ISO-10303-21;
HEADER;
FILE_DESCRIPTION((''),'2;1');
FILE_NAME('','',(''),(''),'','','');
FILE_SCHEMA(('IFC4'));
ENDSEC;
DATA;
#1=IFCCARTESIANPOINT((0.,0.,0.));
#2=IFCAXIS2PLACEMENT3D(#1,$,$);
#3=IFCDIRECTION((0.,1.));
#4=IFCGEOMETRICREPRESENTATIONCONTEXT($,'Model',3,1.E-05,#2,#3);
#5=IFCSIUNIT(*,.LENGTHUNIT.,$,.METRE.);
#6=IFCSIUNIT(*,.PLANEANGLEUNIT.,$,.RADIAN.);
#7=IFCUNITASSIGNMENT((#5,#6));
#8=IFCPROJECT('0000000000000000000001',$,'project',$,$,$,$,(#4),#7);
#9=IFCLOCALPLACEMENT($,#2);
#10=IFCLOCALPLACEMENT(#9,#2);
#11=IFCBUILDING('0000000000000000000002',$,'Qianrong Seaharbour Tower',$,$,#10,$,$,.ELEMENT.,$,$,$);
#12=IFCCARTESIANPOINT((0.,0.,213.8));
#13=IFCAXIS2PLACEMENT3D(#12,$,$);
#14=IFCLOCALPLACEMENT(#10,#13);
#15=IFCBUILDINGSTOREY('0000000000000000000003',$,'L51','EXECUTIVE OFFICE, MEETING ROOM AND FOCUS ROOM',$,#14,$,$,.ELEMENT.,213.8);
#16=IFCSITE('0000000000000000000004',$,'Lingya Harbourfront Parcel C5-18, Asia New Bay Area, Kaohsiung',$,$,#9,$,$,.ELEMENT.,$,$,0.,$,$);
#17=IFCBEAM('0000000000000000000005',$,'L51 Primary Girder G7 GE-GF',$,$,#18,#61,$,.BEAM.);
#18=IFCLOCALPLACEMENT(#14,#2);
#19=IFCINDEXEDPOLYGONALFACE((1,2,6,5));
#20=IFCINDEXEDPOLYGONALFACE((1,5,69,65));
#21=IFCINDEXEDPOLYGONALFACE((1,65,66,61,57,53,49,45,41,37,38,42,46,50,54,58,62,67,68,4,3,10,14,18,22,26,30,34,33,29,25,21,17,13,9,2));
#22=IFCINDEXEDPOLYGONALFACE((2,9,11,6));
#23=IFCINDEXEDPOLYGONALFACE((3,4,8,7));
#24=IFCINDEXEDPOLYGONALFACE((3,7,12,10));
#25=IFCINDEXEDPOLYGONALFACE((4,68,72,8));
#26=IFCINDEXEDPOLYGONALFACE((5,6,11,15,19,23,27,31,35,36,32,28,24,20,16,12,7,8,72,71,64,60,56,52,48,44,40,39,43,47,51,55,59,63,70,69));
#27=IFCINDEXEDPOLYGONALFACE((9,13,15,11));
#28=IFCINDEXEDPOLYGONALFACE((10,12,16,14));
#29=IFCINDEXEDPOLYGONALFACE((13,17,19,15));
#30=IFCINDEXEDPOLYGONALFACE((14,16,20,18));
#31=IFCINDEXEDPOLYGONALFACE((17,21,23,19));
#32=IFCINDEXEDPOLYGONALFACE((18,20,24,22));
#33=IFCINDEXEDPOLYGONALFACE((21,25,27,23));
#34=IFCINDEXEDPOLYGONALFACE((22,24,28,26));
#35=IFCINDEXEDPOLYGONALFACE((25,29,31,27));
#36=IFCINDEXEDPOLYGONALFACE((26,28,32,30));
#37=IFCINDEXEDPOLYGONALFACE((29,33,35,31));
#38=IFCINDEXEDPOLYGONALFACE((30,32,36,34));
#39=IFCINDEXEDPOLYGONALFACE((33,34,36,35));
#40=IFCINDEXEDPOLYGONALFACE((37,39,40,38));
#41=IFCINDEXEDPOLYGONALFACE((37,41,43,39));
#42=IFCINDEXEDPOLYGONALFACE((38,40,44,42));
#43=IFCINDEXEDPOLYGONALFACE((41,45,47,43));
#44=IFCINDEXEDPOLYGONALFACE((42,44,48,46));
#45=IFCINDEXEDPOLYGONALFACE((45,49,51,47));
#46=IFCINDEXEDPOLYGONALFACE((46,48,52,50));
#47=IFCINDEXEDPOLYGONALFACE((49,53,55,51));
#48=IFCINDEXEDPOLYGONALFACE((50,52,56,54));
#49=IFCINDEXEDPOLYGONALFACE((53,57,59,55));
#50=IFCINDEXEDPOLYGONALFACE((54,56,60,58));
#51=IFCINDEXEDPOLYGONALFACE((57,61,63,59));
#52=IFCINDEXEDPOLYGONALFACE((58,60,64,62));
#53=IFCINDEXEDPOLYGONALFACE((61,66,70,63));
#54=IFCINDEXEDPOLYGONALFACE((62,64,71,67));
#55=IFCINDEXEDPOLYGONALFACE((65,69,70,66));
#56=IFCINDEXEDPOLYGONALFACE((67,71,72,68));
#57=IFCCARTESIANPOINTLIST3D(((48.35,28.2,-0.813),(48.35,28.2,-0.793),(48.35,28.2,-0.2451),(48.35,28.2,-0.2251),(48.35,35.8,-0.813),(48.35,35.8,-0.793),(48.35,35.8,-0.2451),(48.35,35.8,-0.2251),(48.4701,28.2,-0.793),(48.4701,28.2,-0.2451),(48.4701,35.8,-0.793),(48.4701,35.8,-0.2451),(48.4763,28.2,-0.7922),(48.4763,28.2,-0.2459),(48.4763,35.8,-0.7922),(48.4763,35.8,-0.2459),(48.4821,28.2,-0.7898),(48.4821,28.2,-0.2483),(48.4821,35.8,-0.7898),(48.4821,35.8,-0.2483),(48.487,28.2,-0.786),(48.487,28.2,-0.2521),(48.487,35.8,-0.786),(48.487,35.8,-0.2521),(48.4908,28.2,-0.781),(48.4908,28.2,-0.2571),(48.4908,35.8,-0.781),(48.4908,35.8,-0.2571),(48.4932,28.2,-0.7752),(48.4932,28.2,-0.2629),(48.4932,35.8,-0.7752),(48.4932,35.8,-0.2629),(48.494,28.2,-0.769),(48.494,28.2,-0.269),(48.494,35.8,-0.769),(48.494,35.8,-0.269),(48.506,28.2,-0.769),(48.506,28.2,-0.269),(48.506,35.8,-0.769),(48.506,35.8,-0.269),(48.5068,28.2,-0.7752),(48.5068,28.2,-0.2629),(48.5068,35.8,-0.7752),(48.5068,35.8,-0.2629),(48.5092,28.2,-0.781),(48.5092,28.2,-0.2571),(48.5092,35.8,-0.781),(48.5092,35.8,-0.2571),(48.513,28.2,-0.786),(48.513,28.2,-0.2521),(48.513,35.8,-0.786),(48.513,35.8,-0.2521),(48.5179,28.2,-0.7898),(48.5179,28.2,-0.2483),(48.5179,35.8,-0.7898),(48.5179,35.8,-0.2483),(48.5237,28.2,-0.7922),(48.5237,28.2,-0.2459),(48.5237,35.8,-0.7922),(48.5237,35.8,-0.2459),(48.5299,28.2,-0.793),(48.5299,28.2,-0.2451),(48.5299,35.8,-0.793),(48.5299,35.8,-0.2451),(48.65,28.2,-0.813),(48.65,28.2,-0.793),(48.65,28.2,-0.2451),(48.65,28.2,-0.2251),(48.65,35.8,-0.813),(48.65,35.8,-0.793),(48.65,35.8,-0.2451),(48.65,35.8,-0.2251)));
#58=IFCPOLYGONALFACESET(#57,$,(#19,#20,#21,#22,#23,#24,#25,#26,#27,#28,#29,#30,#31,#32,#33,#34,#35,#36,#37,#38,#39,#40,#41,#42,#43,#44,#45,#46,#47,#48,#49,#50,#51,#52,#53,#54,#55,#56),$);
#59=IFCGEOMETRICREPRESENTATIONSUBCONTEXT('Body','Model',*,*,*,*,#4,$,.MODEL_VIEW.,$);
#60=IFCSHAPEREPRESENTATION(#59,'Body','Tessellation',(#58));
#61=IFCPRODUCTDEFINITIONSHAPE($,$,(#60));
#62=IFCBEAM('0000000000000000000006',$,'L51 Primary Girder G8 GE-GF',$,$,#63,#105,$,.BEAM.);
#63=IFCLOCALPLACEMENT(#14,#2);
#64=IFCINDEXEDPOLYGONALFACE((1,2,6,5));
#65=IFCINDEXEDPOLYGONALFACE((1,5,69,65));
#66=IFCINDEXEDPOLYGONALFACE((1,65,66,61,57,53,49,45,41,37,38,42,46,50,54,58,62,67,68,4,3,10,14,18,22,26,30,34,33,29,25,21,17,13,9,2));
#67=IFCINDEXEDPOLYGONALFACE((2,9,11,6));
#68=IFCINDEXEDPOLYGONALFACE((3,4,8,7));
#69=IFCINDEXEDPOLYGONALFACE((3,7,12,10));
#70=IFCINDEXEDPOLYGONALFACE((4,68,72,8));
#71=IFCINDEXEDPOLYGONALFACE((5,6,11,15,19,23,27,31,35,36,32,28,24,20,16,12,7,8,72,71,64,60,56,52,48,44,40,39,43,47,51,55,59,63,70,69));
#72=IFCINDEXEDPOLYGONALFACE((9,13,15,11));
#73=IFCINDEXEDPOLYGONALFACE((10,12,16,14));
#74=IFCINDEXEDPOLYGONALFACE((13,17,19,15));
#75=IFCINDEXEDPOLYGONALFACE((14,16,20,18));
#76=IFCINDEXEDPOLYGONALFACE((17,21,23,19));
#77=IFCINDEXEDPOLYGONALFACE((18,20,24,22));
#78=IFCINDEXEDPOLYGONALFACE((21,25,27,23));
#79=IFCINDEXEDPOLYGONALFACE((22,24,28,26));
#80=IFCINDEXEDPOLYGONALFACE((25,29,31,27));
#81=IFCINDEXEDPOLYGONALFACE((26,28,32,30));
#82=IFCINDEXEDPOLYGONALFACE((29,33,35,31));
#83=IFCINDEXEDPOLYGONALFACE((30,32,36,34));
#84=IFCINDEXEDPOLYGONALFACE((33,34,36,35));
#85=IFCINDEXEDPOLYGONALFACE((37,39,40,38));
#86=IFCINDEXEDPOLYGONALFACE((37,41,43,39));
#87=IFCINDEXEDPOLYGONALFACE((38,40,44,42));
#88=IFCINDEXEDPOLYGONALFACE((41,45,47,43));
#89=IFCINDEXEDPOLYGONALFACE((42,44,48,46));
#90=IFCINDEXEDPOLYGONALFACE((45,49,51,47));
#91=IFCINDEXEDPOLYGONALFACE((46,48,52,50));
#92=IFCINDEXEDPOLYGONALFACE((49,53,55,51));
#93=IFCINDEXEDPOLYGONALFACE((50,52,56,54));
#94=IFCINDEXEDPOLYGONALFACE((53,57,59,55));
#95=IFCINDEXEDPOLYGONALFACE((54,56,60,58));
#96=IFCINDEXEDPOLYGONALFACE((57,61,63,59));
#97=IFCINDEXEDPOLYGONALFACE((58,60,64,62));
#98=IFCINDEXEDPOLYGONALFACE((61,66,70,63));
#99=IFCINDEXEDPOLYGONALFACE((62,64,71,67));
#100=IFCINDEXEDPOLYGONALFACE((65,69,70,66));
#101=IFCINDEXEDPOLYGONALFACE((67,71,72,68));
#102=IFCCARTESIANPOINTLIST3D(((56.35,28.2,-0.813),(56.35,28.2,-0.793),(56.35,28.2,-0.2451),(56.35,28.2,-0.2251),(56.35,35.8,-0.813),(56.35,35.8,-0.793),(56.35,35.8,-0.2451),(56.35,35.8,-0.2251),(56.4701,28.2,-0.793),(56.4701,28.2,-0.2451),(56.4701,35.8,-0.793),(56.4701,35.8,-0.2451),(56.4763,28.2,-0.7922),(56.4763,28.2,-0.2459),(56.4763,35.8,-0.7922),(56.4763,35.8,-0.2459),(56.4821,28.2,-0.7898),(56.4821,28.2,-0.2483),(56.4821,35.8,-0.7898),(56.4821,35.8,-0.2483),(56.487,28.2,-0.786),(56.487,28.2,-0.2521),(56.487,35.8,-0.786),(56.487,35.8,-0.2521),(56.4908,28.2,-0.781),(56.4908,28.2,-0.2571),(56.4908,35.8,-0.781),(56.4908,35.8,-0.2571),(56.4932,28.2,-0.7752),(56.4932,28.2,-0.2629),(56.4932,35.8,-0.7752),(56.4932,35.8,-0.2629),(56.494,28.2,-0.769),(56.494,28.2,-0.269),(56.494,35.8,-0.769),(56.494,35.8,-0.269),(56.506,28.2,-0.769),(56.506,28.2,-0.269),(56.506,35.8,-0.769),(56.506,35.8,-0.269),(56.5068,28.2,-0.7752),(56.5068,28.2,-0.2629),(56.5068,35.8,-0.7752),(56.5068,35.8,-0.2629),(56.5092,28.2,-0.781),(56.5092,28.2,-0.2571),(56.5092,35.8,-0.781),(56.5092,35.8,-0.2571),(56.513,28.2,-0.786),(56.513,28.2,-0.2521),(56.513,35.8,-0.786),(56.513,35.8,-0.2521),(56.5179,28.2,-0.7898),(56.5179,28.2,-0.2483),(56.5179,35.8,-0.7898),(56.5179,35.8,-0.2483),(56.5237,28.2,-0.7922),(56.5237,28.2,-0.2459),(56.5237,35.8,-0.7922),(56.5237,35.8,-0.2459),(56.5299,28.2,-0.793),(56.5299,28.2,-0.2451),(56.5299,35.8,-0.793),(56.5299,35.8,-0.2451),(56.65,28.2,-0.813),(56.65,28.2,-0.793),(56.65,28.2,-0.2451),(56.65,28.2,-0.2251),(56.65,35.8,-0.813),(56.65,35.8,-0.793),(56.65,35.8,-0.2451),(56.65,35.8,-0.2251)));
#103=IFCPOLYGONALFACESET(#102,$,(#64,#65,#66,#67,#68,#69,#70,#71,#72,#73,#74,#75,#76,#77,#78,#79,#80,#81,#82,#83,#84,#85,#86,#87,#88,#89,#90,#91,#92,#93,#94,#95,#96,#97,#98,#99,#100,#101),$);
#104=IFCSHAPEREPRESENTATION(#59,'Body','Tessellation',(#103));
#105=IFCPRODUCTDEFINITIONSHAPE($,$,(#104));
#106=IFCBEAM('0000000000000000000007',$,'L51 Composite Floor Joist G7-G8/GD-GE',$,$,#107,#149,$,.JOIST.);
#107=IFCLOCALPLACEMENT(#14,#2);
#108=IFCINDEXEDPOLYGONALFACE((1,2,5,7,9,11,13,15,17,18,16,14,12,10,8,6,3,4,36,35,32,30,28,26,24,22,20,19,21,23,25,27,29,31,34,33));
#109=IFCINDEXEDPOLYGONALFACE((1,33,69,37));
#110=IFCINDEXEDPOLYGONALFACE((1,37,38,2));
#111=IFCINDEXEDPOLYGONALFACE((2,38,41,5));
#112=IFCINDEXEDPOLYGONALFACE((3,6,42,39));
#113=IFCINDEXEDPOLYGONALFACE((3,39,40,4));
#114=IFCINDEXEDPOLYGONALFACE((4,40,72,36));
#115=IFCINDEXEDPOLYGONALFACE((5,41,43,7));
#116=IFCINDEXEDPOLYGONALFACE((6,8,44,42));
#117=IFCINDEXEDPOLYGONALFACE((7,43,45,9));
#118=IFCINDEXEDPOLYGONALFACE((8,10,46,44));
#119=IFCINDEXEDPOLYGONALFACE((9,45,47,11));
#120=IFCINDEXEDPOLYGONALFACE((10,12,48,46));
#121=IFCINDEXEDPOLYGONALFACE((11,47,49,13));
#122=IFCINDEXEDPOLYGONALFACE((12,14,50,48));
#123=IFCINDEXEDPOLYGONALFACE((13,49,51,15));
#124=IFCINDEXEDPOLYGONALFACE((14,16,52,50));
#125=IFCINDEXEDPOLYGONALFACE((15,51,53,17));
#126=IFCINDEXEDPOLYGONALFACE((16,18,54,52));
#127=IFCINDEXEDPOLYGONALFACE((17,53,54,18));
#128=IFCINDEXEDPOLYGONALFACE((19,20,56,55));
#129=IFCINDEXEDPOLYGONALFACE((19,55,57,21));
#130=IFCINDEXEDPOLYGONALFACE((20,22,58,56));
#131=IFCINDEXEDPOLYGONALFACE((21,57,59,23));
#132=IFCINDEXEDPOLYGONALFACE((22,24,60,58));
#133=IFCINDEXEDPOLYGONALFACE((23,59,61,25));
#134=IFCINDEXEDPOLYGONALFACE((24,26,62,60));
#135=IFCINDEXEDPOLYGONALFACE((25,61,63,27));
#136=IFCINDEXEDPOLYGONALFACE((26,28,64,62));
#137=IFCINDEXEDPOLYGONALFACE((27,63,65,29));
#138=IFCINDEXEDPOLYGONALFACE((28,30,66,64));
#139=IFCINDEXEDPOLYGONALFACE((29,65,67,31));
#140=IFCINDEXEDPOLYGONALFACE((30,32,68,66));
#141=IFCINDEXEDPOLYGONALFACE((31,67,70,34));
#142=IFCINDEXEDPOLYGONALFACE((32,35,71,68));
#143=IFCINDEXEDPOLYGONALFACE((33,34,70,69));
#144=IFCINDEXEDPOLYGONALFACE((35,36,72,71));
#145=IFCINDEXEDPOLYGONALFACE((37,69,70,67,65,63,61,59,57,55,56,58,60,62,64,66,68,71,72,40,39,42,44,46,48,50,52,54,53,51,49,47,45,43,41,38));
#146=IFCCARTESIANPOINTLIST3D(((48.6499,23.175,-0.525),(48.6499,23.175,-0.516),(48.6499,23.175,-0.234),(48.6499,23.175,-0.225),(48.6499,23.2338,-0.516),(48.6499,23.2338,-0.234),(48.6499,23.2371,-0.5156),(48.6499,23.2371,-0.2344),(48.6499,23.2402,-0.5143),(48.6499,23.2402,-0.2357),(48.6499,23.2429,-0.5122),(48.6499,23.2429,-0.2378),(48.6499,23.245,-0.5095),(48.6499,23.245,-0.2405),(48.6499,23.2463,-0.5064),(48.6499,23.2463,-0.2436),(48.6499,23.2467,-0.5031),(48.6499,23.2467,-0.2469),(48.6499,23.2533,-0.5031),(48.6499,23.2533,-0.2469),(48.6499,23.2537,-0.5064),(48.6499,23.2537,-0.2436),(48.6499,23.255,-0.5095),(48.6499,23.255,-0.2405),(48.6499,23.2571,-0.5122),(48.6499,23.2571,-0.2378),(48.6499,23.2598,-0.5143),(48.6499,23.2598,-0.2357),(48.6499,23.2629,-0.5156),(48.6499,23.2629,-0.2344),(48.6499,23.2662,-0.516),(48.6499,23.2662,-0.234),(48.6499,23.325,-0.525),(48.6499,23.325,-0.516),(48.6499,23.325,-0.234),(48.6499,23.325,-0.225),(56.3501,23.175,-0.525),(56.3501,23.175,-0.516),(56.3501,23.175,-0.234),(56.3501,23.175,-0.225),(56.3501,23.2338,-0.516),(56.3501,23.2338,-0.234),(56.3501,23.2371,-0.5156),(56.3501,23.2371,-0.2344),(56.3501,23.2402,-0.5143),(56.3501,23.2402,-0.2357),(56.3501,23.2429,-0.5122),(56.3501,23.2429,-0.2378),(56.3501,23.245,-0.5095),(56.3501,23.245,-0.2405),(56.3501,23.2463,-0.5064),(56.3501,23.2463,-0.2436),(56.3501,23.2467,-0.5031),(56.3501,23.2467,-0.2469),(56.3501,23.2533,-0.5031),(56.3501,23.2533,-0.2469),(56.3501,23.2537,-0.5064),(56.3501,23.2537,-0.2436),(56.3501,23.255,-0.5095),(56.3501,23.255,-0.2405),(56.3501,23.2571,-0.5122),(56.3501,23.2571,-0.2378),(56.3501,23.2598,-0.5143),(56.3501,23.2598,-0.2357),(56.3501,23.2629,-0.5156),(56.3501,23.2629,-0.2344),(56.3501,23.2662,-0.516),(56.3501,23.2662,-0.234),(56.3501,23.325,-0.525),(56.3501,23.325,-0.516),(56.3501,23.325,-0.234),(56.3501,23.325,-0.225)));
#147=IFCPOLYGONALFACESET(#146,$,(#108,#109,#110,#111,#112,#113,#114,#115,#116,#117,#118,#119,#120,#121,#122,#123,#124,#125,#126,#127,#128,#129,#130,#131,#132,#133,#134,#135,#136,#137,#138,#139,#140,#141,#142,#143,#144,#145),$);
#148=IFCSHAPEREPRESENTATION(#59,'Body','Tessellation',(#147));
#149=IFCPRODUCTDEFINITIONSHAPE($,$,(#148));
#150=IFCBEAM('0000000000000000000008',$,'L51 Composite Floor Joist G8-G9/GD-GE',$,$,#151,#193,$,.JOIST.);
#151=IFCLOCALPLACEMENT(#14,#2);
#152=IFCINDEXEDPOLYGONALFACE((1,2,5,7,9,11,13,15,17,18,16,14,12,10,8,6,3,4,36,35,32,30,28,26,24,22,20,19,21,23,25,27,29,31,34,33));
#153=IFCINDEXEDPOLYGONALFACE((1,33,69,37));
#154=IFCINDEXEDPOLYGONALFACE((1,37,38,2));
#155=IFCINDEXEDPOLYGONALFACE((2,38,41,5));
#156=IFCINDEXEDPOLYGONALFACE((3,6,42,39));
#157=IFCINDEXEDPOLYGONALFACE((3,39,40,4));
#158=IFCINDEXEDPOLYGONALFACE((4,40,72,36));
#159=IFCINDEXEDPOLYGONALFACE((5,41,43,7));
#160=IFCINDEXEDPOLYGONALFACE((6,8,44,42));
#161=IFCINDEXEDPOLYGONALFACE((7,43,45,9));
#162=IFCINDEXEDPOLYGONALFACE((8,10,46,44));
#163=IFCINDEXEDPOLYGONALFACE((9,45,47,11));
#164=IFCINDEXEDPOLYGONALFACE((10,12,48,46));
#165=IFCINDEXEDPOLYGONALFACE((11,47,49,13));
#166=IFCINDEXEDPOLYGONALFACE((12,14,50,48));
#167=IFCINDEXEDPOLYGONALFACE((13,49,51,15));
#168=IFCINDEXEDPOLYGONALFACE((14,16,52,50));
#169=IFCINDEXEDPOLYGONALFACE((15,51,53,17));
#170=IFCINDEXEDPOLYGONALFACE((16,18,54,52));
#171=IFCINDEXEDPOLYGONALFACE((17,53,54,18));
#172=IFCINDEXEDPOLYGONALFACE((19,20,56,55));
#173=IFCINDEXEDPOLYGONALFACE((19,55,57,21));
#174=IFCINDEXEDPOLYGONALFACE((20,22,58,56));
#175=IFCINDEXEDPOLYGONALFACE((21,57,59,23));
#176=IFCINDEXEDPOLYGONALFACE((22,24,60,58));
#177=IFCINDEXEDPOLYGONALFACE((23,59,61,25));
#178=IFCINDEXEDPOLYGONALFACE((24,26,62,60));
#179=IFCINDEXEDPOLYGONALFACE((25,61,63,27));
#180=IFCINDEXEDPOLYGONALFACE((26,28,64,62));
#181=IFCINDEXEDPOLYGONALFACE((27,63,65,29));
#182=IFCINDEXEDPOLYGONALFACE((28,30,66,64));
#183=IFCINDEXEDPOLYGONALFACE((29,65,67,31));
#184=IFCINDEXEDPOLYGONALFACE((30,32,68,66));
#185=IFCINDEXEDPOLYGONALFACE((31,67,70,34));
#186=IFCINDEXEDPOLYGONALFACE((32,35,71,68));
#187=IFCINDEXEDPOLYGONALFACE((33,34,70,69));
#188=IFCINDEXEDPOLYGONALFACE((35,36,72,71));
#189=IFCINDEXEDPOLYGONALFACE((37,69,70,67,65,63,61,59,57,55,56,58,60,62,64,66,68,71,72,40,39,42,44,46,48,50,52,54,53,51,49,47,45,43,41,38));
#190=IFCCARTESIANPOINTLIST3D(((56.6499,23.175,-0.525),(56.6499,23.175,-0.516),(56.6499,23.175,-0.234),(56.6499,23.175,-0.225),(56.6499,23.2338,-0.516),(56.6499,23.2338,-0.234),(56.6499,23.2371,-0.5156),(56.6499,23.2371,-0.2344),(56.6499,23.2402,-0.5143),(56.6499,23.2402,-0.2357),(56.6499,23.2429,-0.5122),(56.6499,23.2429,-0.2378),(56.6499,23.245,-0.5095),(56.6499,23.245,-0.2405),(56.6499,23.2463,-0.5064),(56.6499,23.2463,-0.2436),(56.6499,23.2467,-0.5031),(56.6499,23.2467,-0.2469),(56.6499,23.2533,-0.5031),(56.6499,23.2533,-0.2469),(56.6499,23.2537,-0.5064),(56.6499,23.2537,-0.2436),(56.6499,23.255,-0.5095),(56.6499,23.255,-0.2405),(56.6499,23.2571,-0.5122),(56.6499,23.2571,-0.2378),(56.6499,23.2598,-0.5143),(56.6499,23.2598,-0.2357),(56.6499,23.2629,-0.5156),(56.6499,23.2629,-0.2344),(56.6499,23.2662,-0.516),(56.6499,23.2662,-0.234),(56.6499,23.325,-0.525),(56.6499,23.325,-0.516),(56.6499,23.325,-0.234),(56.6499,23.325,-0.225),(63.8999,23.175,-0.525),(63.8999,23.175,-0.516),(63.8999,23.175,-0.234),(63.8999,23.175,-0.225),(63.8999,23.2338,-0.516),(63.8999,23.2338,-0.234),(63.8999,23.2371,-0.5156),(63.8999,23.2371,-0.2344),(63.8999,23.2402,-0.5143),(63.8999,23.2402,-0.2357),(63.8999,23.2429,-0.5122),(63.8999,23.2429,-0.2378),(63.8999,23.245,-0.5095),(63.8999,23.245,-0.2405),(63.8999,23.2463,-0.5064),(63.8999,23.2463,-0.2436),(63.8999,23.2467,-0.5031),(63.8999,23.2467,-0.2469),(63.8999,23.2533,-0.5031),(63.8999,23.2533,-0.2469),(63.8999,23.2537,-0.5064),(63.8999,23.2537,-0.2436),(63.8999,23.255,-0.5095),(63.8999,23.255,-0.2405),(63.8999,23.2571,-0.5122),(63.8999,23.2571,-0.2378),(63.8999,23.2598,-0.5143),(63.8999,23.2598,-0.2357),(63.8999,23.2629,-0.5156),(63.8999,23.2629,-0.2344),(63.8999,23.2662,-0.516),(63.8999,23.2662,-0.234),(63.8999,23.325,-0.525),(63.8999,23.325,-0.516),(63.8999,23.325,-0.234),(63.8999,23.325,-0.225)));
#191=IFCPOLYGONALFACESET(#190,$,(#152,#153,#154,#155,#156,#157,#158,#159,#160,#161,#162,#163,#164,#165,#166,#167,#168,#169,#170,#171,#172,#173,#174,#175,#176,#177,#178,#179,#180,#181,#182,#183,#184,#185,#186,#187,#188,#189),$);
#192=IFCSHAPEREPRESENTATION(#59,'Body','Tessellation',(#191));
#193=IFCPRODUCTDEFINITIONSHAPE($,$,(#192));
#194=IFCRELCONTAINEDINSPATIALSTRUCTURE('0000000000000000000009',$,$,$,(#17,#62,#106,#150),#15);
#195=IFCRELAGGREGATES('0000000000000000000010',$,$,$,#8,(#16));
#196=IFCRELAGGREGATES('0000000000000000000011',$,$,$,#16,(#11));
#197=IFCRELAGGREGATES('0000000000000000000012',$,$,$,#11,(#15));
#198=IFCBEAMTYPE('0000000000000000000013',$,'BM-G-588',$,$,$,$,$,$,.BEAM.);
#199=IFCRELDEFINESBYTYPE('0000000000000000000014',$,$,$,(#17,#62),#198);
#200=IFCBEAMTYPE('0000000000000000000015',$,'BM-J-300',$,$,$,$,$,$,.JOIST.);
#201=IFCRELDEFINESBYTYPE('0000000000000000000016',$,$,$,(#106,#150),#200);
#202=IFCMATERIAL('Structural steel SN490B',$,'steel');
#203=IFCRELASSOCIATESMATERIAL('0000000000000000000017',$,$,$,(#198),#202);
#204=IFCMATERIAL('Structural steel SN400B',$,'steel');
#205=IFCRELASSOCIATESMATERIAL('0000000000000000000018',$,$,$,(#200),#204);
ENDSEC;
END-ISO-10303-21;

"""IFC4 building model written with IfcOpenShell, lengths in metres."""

from ifc_helpers import new_model, si_unit, direction, frame, origin, origin_2d, place, context, subcontext, project, spatial, i_section, extrude, material, material_profile, profile_set, type_object, element, save


model = new_model("IFC4")

# Units and contexts
model_context = context("Model", 3, precision=1e-05, world=origin(), true_north=direction((0.0, 1.0)))
body_context = subcontext(model_context, "Body", "Model", "MODEL_VIEW")
ifc_project = project(units=[si_unit("LENGTHUNIT", "METRE"), si_unit("PLANEANGLEUNIT", "RADIAN")], contexts=[model_context])

# Site, building, storey
site_placement = place(None, origin())
site = spatial("IfcSite", under=ifc_project, at=site_placement, Name="Lingya Harbourfront Parcel C5-18, Asia New Bay Area, Kaohsiung", CompositionType="ELEMENT", RefElevation=0.0)
building_placement = place(site_placement, origin())
building = spatial("IfcBuilding", under=site, at=building_placement, Name="Qianrong Seaharbour Tower", CompositionType="ELEMENT")
storey_placement = place(building_placement, frame((0.0, 0.0, 213.8)))
storey = spatial("IfcBuildingStorey", under=building, at=storey_placement, Name="L51", Description="EXECUTIVE OFFICE, MEETING ROOM AND FOCUS ROOM", CompositionType="ELEMENT", Elevation=213.8)

# Shared definitions
ifc_material_1 = material(Name="Structural steel SN490B", Category="steel")

# Beams
ifc_material_profile_1 = material_profile(ifc_material_1, i_section(OverallWidth=0.3, OverallDepth=0.5879, WebThickness=0.012, FlangeThickness=0.02, FilletRadius=0.0239, at=origin_2d()), Name="H588x300x12x20")
ifc_profile_set_1 = profile_set([ifc_material_profile_1], Name="Structural steel SN490B")
beam_type_1 = type_object("IfcBeamType", Name="BM-G-588", PredefinedType="BEAM", material=ifc_profile_set_1)
for number, where, z_axis, x_axis, name in (
    (1, (48.5, 28.2, -0.519), (0.0, 1.0, 0.0), (-1.0, 0.0, 0.0), "L51 Primary Girder G7 GE-GF"),
    (2, (56.5, 28.2, -0.519), (0.0, 1.0, 0.0), (-1.0, 0.0, 0.0), "L51 Primary Girder G8 GE-GF"),
):
    element("IfcBeam", number, at=place(storey_placement, frame(where, z_axis=z_axis, x_axis=x_axis)), inside=storey, type_object=beam_type_1, Name=name, PredefinedType="BEAM", context=body_context, shape_type="SweptSolid", body=[
        extrude(i_section(OverallWidth=0.3, OverallDepth=0.5879, WebThickness=0.012, FlangeThickness=0.02, FilletRadius=0.0239, at=origin_2d()), origin(), (0.0, 0.0, 1.0), 7.6001),
    ])
ifc_material_2 = material(Name="Structural steel SN400B", Category="steel")
ifc_material_profile_2 = material_profile(ifc_material_2, i_section(OverallWidth=0.1499, OverallDepth=0.3, WebThickness=0.0066, FlangeThickness=0.009, FilletRadius=0.0129, at=origin_2d()), Name="H300x150x6.5x9")
ifc_profile_set_2 = profile_set([ifc_material_profile_2], Name="Structural steel SN400B")
beam_type_2 = type_object("IfcBeamType", Name="BM-J-300", PredefinedType="JOIST", material=ifc_profile_set_2)
beam_1_placement = place(storey_placement, frame((48.6499, 23.25, -0.375), z_axis=(1.0, 0.0, 0.0), x_axis=(0.0, 1.0, 0.0)))
element("IfcBeam", 3, at=beam_1_placement, inside=storey, type_object=beam_type_2, Name="L51 Composite Floor Joist G7-G8/GD-GE", PredefinedType="JOIST", context=body_context, shape_type="SweptSolid", body=[
    extrude(i_section(OverallWidth=0.1499, OverallDepth=0.3, WebThickness=0.0066, FlangeThickness=0.009, FilletRadius=0.0129, at=origin_2d()), origin(), (0.0, 0.0, 1.0), 7.7002),
])
beam_2_placement = place(storey_placement, frame((56.6499, 23.25, -0.375), z_axis=(1.0, 0.0, 0.0), x_axis=(0.0, 1.0, 0.0)))
element("IfcBeam", 4, at=beam_2_placement, inside=storey, type_object=beam_type_2, Name="L51 Composite Floor Joist G8-G9/GD-GE", PredefinedType="JOIST", context=body_context, shape_type="SweptSolid", body=[
    extrude(i_section(OverallWidth=0.1499, OverallDepth=0.3, WebThickness=0.0066, FlangeThickness=0.009, FilletRadius=0.0129, at=origin_2d()), origin(), (0.0, 0.0, 1.0), 7.25),
])

save(model, "model.ifc")
